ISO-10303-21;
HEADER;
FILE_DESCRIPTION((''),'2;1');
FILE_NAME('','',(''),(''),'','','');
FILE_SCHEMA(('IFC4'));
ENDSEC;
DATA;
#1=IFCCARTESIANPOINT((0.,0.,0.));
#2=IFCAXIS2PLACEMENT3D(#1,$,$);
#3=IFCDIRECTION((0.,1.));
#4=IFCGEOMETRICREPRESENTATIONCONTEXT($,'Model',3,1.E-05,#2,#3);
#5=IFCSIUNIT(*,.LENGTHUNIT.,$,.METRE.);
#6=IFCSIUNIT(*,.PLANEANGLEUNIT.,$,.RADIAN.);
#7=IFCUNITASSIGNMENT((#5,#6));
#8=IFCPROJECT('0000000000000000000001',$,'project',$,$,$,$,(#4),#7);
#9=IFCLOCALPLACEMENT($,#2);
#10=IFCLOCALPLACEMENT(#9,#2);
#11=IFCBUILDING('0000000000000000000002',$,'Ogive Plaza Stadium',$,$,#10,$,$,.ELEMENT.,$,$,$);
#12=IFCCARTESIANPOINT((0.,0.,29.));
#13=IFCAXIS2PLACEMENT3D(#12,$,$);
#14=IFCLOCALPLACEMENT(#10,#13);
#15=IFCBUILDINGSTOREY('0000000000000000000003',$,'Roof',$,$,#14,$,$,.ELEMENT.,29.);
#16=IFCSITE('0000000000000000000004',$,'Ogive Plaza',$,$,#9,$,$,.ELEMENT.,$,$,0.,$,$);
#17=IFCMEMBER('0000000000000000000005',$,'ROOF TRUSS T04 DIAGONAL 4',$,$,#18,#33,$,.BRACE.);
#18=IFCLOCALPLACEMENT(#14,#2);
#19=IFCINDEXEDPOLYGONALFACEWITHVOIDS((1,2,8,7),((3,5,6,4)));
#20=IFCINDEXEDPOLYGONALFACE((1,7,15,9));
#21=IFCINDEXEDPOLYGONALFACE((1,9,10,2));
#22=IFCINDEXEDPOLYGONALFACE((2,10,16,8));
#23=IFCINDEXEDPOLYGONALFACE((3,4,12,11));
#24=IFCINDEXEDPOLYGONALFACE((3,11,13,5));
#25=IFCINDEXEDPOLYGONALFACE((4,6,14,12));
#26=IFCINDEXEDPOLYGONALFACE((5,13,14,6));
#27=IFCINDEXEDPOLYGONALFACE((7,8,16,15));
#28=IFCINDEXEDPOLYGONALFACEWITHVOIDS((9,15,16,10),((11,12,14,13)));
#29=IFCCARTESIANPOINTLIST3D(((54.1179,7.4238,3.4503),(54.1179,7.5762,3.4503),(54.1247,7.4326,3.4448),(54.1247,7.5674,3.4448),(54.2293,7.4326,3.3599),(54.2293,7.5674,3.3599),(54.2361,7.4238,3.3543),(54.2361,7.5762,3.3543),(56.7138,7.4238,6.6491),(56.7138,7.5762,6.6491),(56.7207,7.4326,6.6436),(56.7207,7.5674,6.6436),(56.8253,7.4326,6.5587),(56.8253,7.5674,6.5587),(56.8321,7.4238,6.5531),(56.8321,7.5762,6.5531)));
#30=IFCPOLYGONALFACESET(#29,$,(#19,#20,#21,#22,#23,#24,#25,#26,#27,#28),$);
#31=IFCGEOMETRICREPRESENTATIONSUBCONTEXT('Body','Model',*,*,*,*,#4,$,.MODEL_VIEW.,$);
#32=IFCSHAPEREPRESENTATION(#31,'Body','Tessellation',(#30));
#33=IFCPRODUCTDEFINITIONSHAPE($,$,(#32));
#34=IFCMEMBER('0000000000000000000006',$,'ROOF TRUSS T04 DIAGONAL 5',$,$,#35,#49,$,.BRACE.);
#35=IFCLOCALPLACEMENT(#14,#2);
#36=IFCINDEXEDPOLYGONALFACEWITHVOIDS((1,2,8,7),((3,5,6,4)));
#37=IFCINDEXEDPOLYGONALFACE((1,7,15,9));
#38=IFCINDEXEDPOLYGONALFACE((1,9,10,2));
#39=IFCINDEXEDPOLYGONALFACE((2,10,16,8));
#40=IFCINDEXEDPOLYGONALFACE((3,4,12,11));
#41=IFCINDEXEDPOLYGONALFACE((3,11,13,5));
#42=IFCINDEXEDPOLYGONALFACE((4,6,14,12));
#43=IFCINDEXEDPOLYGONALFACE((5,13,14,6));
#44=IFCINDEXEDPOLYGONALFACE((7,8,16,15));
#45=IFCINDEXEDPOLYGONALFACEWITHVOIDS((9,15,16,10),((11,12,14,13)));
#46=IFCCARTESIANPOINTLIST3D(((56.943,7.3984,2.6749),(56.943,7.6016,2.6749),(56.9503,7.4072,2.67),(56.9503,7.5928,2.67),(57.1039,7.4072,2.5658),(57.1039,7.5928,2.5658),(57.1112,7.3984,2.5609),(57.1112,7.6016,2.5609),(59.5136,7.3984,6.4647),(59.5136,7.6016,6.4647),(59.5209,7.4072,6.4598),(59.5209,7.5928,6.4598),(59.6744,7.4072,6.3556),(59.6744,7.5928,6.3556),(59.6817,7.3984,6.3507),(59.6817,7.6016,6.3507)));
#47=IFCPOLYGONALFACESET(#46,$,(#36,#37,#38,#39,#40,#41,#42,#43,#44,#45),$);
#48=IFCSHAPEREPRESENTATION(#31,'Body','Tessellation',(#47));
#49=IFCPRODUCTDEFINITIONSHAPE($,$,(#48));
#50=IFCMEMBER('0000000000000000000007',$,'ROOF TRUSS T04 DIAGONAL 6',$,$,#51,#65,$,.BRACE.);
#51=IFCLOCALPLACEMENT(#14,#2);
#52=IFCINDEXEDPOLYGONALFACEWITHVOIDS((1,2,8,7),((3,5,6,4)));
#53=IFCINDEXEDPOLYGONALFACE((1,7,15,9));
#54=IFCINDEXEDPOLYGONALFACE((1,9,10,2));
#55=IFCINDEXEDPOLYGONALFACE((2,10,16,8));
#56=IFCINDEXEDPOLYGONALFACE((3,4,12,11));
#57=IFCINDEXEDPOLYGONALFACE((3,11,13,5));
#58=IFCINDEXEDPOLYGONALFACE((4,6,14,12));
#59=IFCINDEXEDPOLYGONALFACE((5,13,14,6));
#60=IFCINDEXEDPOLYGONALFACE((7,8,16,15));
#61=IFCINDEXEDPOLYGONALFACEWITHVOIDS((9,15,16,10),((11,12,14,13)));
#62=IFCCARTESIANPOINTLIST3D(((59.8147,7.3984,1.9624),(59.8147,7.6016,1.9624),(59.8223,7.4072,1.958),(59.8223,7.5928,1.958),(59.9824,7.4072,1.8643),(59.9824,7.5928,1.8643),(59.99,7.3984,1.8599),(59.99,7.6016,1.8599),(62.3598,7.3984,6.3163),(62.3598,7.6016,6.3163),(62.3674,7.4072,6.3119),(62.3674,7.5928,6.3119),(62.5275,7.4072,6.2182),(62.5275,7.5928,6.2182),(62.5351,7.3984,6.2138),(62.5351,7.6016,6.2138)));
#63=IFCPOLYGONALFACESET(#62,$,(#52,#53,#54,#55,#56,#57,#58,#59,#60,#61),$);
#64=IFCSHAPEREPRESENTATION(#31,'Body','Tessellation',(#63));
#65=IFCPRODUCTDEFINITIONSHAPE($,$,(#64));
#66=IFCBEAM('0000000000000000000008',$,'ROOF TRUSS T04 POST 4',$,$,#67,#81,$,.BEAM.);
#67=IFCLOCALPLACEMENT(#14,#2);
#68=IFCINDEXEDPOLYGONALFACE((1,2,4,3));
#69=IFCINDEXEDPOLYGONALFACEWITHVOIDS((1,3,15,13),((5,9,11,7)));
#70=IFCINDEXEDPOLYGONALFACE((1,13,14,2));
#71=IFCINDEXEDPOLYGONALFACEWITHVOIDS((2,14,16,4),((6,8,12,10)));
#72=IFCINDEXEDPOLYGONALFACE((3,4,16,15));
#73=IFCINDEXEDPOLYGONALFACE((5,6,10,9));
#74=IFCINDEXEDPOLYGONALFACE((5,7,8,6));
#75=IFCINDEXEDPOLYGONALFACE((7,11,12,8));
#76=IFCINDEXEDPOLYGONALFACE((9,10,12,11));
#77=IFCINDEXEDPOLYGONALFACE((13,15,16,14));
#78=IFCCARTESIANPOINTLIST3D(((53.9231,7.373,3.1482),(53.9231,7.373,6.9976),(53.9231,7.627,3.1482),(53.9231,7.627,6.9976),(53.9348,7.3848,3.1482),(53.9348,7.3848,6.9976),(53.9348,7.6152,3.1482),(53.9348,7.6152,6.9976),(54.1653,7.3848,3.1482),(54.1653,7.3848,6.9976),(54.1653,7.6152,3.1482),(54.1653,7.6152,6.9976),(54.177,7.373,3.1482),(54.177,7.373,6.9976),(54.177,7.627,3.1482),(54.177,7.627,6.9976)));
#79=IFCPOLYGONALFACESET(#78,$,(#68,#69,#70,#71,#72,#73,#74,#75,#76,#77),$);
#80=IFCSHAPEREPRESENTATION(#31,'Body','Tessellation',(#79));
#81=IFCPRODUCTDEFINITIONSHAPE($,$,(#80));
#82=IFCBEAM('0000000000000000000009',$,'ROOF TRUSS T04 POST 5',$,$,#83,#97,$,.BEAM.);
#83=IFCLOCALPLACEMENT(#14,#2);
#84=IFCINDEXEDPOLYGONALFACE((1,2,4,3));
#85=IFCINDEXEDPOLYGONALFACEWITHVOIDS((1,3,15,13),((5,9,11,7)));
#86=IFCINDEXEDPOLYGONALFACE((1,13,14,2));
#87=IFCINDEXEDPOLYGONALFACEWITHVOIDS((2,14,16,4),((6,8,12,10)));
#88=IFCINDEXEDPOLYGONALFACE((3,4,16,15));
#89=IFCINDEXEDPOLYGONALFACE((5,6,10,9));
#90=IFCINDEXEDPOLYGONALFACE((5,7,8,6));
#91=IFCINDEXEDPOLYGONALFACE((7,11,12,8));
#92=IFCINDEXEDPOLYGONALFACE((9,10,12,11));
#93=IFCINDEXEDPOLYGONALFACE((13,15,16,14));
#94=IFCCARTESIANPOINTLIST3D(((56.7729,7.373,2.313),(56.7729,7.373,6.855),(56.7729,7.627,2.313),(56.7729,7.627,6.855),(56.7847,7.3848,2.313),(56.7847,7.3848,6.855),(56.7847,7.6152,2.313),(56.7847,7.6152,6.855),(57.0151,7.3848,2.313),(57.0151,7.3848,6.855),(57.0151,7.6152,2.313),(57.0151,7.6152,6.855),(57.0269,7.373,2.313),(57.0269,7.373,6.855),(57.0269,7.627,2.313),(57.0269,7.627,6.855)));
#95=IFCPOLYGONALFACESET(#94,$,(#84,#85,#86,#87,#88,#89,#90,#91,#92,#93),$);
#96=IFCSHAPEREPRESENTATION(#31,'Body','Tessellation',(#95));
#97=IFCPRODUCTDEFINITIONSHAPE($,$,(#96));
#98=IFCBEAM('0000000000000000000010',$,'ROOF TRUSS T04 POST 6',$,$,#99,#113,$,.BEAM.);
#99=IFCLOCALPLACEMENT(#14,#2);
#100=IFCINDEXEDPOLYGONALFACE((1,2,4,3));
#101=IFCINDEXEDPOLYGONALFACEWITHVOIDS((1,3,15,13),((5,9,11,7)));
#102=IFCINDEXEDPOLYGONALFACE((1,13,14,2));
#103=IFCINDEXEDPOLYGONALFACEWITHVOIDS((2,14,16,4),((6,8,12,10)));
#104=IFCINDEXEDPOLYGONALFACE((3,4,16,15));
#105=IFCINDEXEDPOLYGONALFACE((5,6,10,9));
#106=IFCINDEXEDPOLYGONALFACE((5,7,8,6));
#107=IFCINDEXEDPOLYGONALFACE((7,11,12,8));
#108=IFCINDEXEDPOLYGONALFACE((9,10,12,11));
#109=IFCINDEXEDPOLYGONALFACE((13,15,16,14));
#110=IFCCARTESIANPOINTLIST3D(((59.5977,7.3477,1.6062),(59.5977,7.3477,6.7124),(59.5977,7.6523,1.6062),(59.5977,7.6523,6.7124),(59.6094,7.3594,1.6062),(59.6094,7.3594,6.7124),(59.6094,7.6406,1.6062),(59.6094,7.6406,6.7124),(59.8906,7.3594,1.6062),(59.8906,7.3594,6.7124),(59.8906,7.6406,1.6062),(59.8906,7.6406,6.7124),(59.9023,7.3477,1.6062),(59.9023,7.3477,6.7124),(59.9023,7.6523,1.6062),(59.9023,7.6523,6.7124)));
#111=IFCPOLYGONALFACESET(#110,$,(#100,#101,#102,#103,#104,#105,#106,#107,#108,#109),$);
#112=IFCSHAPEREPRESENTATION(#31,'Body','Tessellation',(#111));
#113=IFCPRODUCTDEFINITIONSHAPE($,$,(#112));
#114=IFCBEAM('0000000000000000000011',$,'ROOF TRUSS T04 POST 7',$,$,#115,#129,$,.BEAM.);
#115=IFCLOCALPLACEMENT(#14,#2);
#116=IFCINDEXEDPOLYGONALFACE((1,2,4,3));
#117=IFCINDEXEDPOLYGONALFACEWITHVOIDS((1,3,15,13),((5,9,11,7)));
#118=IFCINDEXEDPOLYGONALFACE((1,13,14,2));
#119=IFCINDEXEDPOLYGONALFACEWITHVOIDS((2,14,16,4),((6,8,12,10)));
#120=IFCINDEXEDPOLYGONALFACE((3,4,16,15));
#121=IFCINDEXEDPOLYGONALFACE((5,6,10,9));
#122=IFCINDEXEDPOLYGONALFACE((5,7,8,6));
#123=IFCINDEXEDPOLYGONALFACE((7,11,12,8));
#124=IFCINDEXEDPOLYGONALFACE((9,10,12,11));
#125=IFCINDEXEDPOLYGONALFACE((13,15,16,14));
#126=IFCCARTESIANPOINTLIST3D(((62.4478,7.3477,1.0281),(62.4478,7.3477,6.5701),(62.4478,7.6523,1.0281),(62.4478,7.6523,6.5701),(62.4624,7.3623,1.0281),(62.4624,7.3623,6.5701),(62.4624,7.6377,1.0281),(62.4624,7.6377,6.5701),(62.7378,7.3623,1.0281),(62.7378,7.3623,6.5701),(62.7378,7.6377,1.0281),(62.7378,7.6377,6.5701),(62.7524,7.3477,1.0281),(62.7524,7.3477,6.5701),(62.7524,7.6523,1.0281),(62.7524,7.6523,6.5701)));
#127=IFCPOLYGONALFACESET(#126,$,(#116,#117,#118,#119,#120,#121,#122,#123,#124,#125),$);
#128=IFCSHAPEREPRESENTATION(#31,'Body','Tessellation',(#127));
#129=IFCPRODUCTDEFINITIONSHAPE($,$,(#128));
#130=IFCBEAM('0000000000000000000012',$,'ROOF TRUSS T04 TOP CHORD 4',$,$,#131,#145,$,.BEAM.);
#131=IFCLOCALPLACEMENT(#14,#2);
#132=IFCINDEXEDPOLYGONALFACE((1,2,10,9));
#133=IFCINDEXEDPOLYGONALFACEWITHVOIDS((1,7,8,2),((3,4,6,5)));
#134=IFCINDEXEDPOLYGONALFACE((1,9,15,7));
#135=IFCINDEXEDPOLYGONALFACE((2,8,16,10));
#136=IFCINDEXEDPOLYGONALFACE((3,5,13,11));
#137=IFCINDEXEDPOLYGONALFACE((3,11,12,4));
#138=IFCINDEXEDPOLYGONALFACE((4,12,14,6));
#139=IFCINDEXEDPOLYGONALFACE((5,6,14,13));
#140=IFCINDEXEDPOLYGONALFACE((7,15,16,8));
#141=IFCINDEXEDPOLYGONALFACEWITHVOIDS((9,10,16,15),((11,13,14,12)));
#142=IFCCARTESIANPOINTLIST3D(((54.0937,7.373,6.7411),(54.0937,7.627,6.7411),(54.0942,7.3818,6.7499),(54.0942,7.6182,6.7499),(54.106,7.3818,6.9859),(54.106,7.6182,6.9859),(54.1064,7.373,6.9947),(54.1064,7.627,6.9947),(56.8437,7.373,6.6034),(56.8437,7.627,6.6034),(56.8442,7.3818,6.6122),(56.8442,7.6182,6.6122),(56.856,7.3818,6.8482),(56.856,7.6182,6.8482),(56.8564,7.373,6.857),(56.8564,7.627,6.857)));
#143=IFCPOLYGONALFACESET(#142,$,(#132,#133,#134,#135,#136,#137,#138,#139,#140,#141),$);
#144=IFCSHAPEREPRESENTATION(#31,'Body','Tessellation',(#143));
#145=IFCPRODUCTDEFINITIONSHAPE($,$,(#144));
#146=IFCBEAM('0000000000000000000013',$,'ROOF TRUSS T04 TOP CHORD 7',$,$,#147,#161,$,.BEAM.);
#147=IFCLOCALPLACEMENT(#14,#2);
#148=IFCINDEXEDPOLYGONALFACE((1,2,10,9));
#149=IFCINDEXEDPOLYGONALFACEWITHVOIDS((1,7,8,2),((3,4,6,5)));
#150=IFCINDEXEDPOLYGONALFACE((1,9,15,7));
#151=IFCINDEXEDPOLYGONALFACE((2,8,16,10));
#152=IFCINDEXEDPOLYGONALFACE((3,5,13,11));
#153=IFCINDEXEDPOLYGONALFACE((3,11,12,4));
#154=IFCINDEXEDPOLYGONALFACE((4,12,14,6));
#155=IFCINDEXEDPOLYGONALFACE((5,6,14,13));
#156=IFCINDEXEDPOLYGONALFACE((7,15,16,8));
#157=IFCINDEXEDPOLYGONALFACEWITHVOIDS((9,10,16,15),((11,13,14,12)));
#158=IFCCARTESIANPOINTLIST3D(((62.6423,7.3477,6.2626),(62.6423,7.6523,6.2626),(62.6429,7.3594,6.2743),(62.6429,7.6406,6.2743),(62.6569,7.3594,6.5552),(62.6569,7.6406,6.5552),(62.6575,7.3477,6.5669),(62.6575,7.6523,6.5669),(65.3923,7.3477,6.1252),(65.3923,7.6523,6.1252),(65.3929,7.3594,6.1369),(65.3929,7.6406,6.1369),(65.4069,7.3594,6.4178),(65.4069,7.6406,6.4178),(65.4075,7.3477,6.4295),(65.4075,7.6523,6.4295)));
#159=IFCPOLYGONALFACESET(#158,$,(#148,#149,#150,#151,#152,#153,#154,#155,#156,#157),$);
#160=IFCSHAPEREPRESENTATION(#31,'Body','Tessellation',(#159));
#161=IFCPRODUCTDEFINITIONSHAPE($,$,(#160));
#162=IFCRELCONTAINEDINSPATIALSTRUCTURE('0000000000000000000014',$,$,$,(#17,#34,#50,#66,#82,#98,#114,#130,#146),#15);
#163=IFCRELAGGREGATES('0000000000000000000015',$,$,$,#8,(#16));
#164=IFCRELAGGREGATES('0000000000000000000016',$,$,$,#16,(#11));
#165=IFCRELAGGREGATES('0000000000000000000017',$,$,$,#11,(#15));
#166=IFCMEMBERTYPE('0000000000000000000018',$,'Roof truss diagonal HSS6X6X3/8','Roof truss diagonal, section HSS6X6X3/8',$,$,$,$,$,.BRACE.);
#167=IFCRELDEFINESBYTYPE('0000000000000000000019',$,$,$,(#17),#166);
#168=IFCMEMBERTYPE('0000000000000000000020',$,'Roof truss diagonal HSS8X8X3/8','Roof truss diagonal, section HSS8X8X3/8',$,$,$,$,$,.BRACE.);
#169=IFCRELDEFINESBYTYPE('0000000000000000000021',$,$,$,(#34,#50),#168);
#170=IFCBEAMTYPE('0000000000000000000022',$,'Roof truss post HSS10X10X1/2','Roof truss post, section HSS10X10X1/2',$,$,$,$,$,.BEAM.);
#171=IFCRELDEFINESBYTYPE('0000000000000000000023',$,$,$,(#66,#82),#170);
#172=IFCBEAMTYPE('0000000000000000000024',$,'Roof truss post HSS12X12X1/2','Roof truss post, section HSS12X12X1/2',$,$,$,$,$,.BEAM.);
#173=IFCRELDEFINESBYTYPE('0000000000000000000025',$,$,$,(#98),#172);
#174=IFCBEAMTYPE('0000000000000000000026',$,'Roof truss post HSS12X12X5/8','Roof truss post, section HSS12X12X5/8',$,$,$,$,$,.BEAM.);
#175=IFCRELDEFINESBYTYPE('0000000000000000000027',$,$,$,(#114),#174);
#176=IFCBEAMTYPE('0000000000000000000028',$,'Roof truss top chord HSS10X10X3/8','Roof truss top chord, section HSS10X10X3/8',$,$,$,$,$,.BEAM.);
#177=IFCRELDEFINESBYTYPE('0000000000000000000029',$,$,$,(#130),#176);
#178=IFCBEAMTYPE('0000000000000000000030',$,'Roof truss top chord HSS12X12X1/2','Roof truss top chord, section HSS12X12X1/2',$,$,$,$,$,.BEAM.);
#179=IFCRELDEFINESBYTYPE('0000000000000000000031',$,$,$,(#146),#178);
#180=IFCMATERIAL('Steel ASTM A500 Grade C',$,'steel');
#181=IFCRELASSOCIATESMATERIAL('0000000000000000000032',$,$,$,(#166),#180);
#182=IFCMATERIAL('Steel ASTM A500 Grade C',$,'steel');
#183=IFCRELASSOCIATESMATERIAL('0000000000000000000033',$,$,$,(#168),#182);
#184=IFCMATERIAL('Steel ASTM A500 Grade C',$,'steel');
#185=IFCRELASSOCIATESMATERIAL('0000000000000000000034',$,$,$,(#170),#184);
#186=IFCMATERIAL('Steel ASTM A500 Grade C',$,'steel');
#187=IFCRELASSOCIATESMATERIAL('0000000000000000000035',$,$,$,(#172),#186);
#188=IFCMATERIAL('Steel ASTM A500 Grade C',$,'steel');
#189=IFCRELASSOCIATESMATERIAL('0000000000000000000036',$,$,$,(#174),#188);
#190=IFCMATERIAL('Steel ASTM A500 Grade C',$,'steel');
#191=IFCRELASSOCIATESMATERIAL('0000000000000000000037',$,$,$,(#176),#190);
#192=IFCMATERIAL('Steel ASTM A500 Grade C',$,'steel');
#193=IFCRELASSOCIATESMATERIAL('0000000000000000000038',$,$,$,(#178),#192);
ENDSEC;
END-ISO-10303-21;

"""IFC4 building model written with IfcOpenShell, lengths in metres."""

from ifc_helpers import new_model, si_unit, direction, frame, origin, origin_2d, place, context, subcontext, project, spatial, hollow_rectangle, extrude, material, material_profile, profile_set, type_object, element, save


model = new_model("IFC4")

# Units and contexts
model_context = context("Model", 3, precision=1e-05, world=origin(), true_north=direction((0.0, 1.0)))
body_context = subcontext(model_context, "Body", "Model", "MODEL_VIEW")
ifc_project = project(units=[si_unit("LENGTHUNIT", "METRE"), si_unit("PLANEANGLEUNIT", "RADIAN")], contexts=[model_context])

# Site, building, storey
site_placement = place(None, origin())
site = spatial("IfcSite", under=ifc_project, at=site_placement, Name="Ogive Plaza", CompositionType="ELEMENT", RefElevation=0.0)
building_placement = place(site_placement, origin())
building = spatial("IfcBuilding", under=site, at=building_placement, Name="Ogive Plaza Stadium", CompositionType="ELEMENT")
storey_placement = place(building_placement, frame((0.0, 0.0, 29.0)))
storey = spatial("IfcBuildingStorey", under=building, at=storey_placement, Name="Roof", CompositionType="ELEMENT", Elevation=29.0)

# Members
ifc_material_1 = material(Name="Steel ASTM A500 Grade C", Category="steel")
ifc_material_profile_1 = material_profile(ifc_material_1, hollow_rectangle(XDim=0.1523, YDim=0.1523, WallThickness=0.0088, at=origin_2d()), Name="HSS6X6X3/8")
ifc_profile_set_1 = profile_set([ifc_material_profile_1], Name="Steel ASTM A500 Grade C")
member_type_1 = type_object("IfcMemberType", Name="Roof truss diagonal HSS6X6X3/8", Description="Roof truss diagonal, section HSS6X6X3/8", PredefinedType="BRACE", material=ifc_profile_set_1)
member_1_placement = place(storey_placement, frame((54.177, 7.5, 3.4023), z_axis=(0.630151, 0.0, 0.776473), x_axis=(0.0, 1.0, 0.0)))
element("IfcMember", 1, at=member_1_placement, inside=storey, type_object=member_type_1, Name="ROOF TRUSS T04 DIAGONAL 4", PredefinedType="BRACE", context=body_context, shape_type="SweptSolid", body=[
    extrude(hollow_rectangle(XDim=0.1523, YDim=0.1523, WallThickness=0.0088, at=origin_2d()), origin(), (0.0, 0.0, 1.0), 4.1196),
])
ifc_material_2 = material(Name="Steel ASTM A500 Grade C", Category="steel")
ifc_material_profile_2 = material_profile(ifc_material_2, hollow_rectangle(XDim=0.2031, YDim=0.2031, WallThickness=0.0088, at=origin_2d()), Name="HSS8X8X3/8")
ifc_profile_set_2 = profile_set([ifc_material_profile_2], Name="Steel ASTM A500 Grade C")
member_type_2 = type_object("IfcMemberType", Name="Roof truss diagonal HSS8X8X3/8", Description="Roof truss diagonal, section HSS8X8X3/8", PredefinedType="BRACE", material=ifc_profile_set_2)
member_2_placement = place(storey_placement, frame((57.0271, 7.5, 2.6179), z_axis=(0.561338, 0.0, 0.827586), x_axis=(0.0, 1.0, 0.0)))
element("IfcMember", 2, at=member_2_placement, inside=storey, type_object=member_type_2, Name="ROOF TRUSS T04 DIAGONAL 5", PredefinedType="BRACE", context=body_context, shape_type="SweptSolid", body=[
    extrude(hollow_rectangle(XDim=0.2031, YDim=0.2031, WallThickness=0.0088, at=origin_2d()), origin(), (0.0, 0.0, 1.0), 4.5793),
])
member_3_placement = place(storey_placement, frame((59.9023, 7.5, 1.9111), z_axis=(0.504659, 0.0, 0.863319), x_axis=(0.0, 1.0, 0.0)))
element("IfcMember", 3, at=member_3_placement, inside=storey, type_object=member_type_2, Name="ROOF TRUSS T04 DIAGONAL 6", PredefinedType="BRACE", context=body_context, shape_type="SweptSolid", body=[
    extrude(hollow_rectangle(XDim=0.2031, YDim=0.2031, WallThickness=0.0088, at=origin_2d()), origin(), (0.0, 0.0, 1.0), 5.0432),
])

# Beams
ifc_material_3 = material(Name="Steel ASTM A500 Grade C", Category="steel")
ifc_material_profile_3 = material_profile(ifc_material_3, hollow_rectangle(XDim=0.2539, YDim=0.2539, WallThickness=0.0117, at=origin_2d()), Name="HSS10X10X1/2")
ifc_profile_set_3 = profile_set([ifc_material_profile_3], Name="Steel ASTM A500 Grade C")
beam_type_1 = type_object("IfcBeamType", Name="Roof truss post HSS10X10X1/2", Description="Roof truss post, section HSS10X10X1/2", PredefinedType="BEAM", material=ifc_profile_set_3)
beam_1_placement = place(storey_placement, frame((54.05, 7.5, 3.1482), z_axis=(0.0, 0.0, 1.0), x_axis=(0.0, 1.0, 0.0)))
element("IfcBeam", 4, at=beam_1_placement, inside=storey, type_object=beam_type_1, Name="ROOF TRUSS T04 POST 4", PredefinedType="BEAM", context=body_context, shape_type="SweptSolid", body=[
    extrude(hollow_rectangle(XDim=0.2539, YDim=0.2539, WallThickness=0.0117, at=origin_2d()), origin(), (0.0, 0.0, 1.0), 3.8494),
])
beam_2_placement = place(storey_placement, frame((56.8999, 7.5, 2.313), z_axis=(0.0, 0.0, 1.0), x_axis=(0.0, 1.0, 0.0)))
element("IfcBeam", 5, at=beam_2_placement, inside=storey, type_object=beam_type_1, Name="ROOF TRUSS T04 POST 5", PredefinedType="BEAM", context=body_context, shape_type="SweptSolid", body=[
    extrude(hollow_rectangle(XDim=0.2539, YDim=0.2539, WallThickness=0.0117, at=origin_2d()), origin(), (0.0, 0.0, 1.0), 4.542),
])
ifc_material_4 = material(Name="Steel ASTM A500 Grade C", Category="steel")
ifc_material_profile_4 = material_profile(ifc_material_4, hollow_rectangle(XDim=0.3047, YDim=0.3047, WallThickness=0.0117, at=origin_2d()), Name="HSS12X12X1/2")
ifc_profile_set_4 = profile_set([ifc_material_profile_4], Name="Steel ASTM A500 Grade C")
beam_type_2 = type_object("IfcBeamType", Name="Roof truss post HSS12X12X1/2", Description="Roof truss post, section HSS12X12X1/2", PredefinedType="BEAM", material=ifc_profile_set_4)
beam_3_placement = place(storey_placement, frame((59.75, 7.5, 1.6062), z_axis=(0.0, 0.0, 1.0), x_axis=(0.0, 1.0, 0.0)))
element("IfcBeam", 6, at=beam_3_placement, inside=storey, type_object=beam_type_2, Name="ROOF TRUSS T04 POST 6", PredefinedType="BEAM", context=body_context, shape_type="SweptSolid", body=[
    extrude(hollow_rectangle(XDim=0.3047, YDim=0.3047, WallThickness=0.0117, at=origin_2d()), origin(), (0.0, 0.0, 1.0), 5.1062),
])
ifc_material_5 = material(Name="Steel ASTM A500 Grade C", Category="steel")
ifc_material_profile_5 = material_profile(ifc_material_5, hollow_rectangle(XDim=0.3047, YDim=0.3047, WallThickness=0.0146, at=origin_2d()), Name="HSS12X12X5/8")
ifc_profile_set_5 = profile_set([ifc_material_profile_5], Name="Steel ASTM A500 Grade C")
beam_type_3 = type_object("IfcBeamType", Name="Roof truss post HSS12X12X5/8", Description="Roof truss post, section HSS12X12X5/8", PredefinedType="BEAM", material=ifc_profile_set_5)
beam_4_placement = place(storey_placement, frame((62.6001, 7.5, 1.0281), z_axis=(0.0, 0.0, 1.0), x_axis=(0.0, 1.0, 0.0)))
element("IfcBeam", 7, at=beam_4_placement, inside=storey, type_object=beam_type_3, Name="ROOF TRUSS T04 POST 7", PredefinedType="BEAM", context=body_context, shape_type="SweptSolid", body=[
    extrude(hollow_rectangle(XDim=0.3047, YDim=0.3047, WallThickness=0.0146, at=origin_2d()), origin(), (0.0, 0.0, 1.0), 5.542),
])
ifc_material_6 = material(Name="Steel ASTM A500 Grade C", Category="steel")
ifc_material_profile_6 = material_profile(ifc_material_6, hollow_rectangle(XDim=0.2539, YDim=0.2539, WallThickness=0.0088, at=origin_2d()), Name="HSS10X10X3/8")
ifc_profile_set_6 = profile_set([ifc_material_profile_6], Name="Steel ASTM A500 Grade C")
beam_type_4 = type_object("IfcBeamType", Name="Roof truss top chord HSS10X10X3/8", Description="Roof truss top chord, section HSS10X10X3/8", PredefinedType="BEAM", material=ifc_profile_set_6)
beam_5_placement = place(storey_placement, frame((54.1001, 7.5, 6.8679), z_axis=(0.998749, 0.0, -0.050008), x_axis=(0.0, 1.0, 0.0)))
element("IfcBeam", 8, at=beam_5_placement, inside=storey, type_object=beam_type_4, Name="ROOF TRUSS T04 TOP CHORD 4", PredefinedType="BEAM", context=body_context, shape_type="SweptSolid", body=[
    extrude(hollow_rectangle(XDim=0.2539, YDim=0.2539, WallThickness=0.0088, at=origin_2d()), origin(), (0.0, 0.0, 1.0), 2.7534),
])
ifc_material_7 = material(Name="Steel ASTM A500 Grade C", Category="steel")
ifc_material_profile_7 = material_profile(ifc_material_7, hollow_rectangle(XDim=0.3047, YDim=0.3047, WallThickness=0.0117, at=origin_2d()), Name="HSS12X12X1/2")
ifc_profile_set_7 = profile_set([ifc_material_profile_7], Name="Steel ASTM A500 Grade C")
beam_type_5 = type_object("IfcBeamType", Name="Roof truss top chord HSS12X12X1/2", Description="Roof truss top chord, section HSS12X12X1/2", PredefinedType="BEAM", material=ifc_profile_set_7)
beam_6_placement = place(storey_placement, frame((62.6499, 7.5, 6.4148), z_axis=(0.998753, 0.0, -0.04992), x_axis=(0.0, 1.0, 0.0)))
element("IfcBeam", 9, at=beam_6_placement, inside=storey, type_object=beam_type_5, Name="ROOF TRUSS T04 TOP CHORD 7", PredefinedType="BEAM", context=body_context, shape_type="SweptSolid", body=[
    extrude(hollow_rectangle(XDim=0.3047, YDim=0.3047, WallThickness=0.0117, at=origin_2d()), origin(), (0.0, 0.0, 1.0), 2.7534),
])

save(model, "model.ifc")
